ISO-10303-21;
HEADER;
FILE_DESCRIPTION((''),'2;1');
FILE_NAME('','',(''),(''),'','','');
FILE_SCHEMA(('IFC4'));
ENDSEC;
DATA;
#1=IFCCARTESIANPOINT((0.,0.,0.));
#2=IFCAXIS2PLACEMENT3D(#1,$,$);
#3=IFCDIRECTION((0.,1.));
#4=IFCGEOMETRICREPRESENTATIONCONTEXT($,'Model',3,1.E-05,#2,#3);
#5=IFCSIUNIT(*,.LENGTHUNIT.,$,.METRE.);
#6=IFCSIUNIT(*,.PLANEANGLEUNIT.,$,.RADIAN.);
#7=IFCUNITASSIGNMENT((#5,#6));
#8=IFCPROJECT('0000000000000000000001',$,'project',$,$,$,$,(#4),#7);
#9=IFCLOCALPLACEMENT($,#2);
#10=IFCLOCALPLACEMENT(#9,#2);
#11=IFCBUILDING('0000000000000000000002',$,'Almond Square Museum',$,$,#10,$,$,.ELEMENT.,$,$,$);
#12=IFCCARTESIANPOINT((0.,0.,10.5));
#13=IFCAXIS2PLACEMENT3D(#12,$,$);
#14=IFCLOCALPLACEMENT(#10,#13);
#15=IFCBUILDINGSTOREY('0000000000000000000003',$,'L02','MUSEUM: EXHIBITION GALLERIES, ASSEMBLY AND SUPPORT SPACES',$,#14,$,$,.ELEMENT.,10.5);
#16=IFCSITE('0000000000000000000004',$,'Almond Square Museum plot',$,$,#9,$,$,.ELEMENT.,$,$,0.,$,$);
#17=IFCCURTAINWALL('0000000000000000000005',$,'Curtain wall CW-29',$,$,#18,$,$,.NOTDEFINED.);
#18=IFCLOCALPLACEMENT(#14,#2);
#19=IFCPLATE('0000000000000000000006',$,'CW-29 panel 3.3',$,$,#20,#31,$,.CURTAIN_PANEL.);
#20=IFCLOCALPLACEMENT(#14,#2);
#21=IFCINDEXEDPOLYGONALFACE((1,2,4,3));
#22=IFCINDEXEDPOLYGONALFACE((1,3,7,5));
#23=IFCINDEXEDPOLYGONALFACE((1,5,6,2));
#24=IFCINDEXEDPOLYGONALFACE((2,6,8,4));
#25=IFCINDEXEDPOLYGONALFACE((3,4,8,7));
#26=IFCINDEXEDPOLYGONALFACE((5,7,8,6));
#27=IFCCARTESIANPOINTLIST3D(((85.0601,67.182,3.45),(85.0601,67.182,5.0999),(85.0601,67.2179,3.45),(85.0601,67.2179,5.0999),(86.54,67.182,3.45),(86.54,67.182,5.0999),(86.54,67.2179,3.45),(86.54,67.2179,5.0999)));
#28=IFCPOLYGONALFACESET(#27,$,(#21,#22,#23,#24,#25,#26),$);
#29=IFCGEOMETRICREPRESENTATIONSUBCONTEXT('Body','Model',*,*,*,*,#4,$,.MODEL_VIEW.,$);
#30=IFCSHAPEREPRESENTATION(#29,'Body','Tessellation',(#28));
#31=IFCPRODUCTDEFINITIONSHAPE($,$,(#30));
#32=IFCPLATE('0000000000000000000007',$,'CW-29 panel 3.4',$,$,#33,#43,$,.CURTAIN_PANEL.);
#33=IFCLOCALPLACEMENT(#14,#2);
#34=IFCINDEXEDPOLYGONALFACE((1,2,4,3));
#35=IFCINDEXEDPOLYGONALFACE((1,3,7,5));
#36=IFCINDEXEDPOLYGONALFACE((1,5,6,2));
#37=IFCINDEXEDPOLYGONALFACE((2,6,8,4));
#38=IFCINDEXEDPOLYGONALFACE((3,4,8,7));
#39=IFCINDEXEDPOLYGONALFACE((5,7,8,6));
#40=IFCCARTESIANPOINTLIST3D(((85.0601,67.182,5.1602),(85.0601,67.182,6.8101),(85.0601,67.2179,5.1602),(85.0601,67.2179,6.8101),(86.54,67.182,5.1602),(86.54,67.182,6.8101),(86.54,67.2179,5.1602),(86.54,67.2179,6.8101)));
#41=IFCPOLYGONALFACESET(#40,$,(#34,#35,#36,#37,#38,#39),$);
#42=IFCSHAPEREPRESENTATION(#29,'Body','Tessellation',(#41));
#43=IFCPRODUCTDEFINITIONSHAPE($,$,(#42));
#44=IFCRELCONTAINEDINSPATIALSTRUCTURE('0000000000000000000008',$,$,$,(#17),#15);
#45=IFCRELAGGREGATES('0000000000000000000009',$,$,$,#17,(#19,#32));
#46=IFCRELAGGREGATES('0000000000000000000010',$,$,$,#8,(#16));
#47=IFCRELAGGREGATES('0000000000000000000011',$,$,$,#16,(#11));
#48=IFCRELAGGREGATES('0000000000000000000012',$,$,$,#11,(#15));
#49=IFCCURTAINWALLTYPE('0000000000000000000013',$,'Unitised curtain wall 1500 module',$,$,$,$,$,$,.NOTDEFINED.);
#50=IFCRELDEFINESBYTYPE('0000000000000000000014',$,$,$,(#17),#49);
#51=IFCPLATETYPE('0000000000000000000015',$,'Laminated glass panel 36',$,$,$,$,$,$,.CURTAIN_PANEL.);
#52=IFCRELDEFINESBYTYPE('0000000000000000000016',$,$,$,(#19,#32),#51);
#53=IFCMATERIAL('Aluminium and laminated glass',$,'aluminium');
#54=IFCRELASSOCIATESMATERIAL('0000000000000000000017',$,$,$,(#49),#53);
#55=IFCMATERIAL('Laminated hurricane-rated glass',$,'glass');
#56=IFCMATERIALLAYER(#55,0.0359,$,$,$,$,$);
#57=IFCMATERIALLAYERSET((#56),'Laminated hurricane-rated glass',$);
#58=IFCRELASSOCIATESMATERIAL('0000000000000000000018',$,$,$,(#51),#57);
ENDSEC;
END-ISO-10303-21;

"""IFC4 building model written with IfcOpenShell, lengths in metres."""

from ifc_helpers import new_model, si_unit, direction, frame, origin, origin_2d, place, context, subcontext, project, spatial, rectangle, extrude, material, layer, layer_set, type_object, element, aggregate, save


model = new_model("IFC4")

# Units and contexts
model_context = context("Model", 3, precision=1e-05, world=origin(), true_north=direction((0.0, 1.0)))
body_context = subcontext(model_context, "Body", "Model", "MODEL_VIEW")
ifc_project = project(units=[si_unit("LENGTHUNIT", "METRE"), si_unit("PLANEANGLEUNIT", "RADIAN")], contexts=[model_context])

# Site, building, storey
site_placement = place(None, origin())
site = spatial("IfcSite", under=ifc_project, at=site_placement, Name="Almond Square Museum plot", CompositionType="ELEMENT", RefElevation=0.0)
building_placement = place(site_placement, origin())
building = spatial("IfcBuilding", under=site, at=building_placement, Name="Almond Square Museum", CompositionType="ELEMENT")
storey_placement = place(building_placement, frame((0.0, 0.0, 10.5)))
storey = spatial("IfcBuildingStorey", under=building, at=storey_placement, Name="L02", Description="MUSEUM: EXHIBITION GALLERIES, ASSEMBLY AND SUPPORT SPACES", CompositionType="ELEMENT", Elevation=10.5)

# Curtain wall, plates
ifc_material_1 = material(Name="Aluminium and laminated glass", Category="aluminium")
curtain_wall_type = type_object("IfcCurtainWallType", Name="Unitised curtain wall 1500 module", PredefinedType="NOTDEFINED", material=ifc_material_1)
curtain_wall_placement = place(storey_placement, origin())
curtain_wall = element("IfcCurtainWall", 1, at=curtain_wall_placement, inside=storey, type_object=curtain_wall_type, Name="Curtain wall CW-29", PredefinedType="NOTDEFINED")
ifc_material_2 = material(Name="Laminated hurricane-rated glass", Category="glass")
ifc_layer = layer(ifc_material_2, 0.0359)
ifc_layer_set = layer_set([ifc_layer], Name="Laminated hurricane-rated glass")
plate_type = type_object("IfcPlateType", Name="Laminated glass panel 36", PredefinedType="CURTAIN_PANEL", material=ifc_layer_set)
plate_1_placement = place(storey_placement, frame((85.8, 67.2, 3.45), z_axis=(0.0, 0.0, 1.0), x_axis=(1.0, 0.0, 0.0)))
plate_1 = element("IfcPlate", 2, at=plate_1_placement, type_object=plate_type, Name="CW-29 panel 3.3", PredefinedType="CURTAIN_PANEL", context=body_context, shape_type="SweptSolid", body=[
    extrude(rectangle(XDim=1.48, YDim=0.0359, at=origin_2d()), origin(), (0.0, 0.0, 1.0), 1.6499),
])
plate_2_placement = place(storey_placement, frame((85.8, 67.2, 5.1602), z_axis=(0.0, 0.0, 1.0), x_axis=(1.0, 0.0, 0.0)))
plate_2 = element("IfcPlate", 3, at=plate_2_placement, type_object=plate_type, Name="CW-29 panel 3.4", PredefinedType="CURTAIN_PANEL", context=body_context, shape_type="SweptSolid", body=[
    extrude(rectangle(XDim=1.48, YDim=0.0359, at=origin_2d()), origin(), (0.0, 0.0, 1.0), 1.6499),
])
aggregate(curtain_wall, [plate_1, plate_2])

save(model, "model.ifc")
